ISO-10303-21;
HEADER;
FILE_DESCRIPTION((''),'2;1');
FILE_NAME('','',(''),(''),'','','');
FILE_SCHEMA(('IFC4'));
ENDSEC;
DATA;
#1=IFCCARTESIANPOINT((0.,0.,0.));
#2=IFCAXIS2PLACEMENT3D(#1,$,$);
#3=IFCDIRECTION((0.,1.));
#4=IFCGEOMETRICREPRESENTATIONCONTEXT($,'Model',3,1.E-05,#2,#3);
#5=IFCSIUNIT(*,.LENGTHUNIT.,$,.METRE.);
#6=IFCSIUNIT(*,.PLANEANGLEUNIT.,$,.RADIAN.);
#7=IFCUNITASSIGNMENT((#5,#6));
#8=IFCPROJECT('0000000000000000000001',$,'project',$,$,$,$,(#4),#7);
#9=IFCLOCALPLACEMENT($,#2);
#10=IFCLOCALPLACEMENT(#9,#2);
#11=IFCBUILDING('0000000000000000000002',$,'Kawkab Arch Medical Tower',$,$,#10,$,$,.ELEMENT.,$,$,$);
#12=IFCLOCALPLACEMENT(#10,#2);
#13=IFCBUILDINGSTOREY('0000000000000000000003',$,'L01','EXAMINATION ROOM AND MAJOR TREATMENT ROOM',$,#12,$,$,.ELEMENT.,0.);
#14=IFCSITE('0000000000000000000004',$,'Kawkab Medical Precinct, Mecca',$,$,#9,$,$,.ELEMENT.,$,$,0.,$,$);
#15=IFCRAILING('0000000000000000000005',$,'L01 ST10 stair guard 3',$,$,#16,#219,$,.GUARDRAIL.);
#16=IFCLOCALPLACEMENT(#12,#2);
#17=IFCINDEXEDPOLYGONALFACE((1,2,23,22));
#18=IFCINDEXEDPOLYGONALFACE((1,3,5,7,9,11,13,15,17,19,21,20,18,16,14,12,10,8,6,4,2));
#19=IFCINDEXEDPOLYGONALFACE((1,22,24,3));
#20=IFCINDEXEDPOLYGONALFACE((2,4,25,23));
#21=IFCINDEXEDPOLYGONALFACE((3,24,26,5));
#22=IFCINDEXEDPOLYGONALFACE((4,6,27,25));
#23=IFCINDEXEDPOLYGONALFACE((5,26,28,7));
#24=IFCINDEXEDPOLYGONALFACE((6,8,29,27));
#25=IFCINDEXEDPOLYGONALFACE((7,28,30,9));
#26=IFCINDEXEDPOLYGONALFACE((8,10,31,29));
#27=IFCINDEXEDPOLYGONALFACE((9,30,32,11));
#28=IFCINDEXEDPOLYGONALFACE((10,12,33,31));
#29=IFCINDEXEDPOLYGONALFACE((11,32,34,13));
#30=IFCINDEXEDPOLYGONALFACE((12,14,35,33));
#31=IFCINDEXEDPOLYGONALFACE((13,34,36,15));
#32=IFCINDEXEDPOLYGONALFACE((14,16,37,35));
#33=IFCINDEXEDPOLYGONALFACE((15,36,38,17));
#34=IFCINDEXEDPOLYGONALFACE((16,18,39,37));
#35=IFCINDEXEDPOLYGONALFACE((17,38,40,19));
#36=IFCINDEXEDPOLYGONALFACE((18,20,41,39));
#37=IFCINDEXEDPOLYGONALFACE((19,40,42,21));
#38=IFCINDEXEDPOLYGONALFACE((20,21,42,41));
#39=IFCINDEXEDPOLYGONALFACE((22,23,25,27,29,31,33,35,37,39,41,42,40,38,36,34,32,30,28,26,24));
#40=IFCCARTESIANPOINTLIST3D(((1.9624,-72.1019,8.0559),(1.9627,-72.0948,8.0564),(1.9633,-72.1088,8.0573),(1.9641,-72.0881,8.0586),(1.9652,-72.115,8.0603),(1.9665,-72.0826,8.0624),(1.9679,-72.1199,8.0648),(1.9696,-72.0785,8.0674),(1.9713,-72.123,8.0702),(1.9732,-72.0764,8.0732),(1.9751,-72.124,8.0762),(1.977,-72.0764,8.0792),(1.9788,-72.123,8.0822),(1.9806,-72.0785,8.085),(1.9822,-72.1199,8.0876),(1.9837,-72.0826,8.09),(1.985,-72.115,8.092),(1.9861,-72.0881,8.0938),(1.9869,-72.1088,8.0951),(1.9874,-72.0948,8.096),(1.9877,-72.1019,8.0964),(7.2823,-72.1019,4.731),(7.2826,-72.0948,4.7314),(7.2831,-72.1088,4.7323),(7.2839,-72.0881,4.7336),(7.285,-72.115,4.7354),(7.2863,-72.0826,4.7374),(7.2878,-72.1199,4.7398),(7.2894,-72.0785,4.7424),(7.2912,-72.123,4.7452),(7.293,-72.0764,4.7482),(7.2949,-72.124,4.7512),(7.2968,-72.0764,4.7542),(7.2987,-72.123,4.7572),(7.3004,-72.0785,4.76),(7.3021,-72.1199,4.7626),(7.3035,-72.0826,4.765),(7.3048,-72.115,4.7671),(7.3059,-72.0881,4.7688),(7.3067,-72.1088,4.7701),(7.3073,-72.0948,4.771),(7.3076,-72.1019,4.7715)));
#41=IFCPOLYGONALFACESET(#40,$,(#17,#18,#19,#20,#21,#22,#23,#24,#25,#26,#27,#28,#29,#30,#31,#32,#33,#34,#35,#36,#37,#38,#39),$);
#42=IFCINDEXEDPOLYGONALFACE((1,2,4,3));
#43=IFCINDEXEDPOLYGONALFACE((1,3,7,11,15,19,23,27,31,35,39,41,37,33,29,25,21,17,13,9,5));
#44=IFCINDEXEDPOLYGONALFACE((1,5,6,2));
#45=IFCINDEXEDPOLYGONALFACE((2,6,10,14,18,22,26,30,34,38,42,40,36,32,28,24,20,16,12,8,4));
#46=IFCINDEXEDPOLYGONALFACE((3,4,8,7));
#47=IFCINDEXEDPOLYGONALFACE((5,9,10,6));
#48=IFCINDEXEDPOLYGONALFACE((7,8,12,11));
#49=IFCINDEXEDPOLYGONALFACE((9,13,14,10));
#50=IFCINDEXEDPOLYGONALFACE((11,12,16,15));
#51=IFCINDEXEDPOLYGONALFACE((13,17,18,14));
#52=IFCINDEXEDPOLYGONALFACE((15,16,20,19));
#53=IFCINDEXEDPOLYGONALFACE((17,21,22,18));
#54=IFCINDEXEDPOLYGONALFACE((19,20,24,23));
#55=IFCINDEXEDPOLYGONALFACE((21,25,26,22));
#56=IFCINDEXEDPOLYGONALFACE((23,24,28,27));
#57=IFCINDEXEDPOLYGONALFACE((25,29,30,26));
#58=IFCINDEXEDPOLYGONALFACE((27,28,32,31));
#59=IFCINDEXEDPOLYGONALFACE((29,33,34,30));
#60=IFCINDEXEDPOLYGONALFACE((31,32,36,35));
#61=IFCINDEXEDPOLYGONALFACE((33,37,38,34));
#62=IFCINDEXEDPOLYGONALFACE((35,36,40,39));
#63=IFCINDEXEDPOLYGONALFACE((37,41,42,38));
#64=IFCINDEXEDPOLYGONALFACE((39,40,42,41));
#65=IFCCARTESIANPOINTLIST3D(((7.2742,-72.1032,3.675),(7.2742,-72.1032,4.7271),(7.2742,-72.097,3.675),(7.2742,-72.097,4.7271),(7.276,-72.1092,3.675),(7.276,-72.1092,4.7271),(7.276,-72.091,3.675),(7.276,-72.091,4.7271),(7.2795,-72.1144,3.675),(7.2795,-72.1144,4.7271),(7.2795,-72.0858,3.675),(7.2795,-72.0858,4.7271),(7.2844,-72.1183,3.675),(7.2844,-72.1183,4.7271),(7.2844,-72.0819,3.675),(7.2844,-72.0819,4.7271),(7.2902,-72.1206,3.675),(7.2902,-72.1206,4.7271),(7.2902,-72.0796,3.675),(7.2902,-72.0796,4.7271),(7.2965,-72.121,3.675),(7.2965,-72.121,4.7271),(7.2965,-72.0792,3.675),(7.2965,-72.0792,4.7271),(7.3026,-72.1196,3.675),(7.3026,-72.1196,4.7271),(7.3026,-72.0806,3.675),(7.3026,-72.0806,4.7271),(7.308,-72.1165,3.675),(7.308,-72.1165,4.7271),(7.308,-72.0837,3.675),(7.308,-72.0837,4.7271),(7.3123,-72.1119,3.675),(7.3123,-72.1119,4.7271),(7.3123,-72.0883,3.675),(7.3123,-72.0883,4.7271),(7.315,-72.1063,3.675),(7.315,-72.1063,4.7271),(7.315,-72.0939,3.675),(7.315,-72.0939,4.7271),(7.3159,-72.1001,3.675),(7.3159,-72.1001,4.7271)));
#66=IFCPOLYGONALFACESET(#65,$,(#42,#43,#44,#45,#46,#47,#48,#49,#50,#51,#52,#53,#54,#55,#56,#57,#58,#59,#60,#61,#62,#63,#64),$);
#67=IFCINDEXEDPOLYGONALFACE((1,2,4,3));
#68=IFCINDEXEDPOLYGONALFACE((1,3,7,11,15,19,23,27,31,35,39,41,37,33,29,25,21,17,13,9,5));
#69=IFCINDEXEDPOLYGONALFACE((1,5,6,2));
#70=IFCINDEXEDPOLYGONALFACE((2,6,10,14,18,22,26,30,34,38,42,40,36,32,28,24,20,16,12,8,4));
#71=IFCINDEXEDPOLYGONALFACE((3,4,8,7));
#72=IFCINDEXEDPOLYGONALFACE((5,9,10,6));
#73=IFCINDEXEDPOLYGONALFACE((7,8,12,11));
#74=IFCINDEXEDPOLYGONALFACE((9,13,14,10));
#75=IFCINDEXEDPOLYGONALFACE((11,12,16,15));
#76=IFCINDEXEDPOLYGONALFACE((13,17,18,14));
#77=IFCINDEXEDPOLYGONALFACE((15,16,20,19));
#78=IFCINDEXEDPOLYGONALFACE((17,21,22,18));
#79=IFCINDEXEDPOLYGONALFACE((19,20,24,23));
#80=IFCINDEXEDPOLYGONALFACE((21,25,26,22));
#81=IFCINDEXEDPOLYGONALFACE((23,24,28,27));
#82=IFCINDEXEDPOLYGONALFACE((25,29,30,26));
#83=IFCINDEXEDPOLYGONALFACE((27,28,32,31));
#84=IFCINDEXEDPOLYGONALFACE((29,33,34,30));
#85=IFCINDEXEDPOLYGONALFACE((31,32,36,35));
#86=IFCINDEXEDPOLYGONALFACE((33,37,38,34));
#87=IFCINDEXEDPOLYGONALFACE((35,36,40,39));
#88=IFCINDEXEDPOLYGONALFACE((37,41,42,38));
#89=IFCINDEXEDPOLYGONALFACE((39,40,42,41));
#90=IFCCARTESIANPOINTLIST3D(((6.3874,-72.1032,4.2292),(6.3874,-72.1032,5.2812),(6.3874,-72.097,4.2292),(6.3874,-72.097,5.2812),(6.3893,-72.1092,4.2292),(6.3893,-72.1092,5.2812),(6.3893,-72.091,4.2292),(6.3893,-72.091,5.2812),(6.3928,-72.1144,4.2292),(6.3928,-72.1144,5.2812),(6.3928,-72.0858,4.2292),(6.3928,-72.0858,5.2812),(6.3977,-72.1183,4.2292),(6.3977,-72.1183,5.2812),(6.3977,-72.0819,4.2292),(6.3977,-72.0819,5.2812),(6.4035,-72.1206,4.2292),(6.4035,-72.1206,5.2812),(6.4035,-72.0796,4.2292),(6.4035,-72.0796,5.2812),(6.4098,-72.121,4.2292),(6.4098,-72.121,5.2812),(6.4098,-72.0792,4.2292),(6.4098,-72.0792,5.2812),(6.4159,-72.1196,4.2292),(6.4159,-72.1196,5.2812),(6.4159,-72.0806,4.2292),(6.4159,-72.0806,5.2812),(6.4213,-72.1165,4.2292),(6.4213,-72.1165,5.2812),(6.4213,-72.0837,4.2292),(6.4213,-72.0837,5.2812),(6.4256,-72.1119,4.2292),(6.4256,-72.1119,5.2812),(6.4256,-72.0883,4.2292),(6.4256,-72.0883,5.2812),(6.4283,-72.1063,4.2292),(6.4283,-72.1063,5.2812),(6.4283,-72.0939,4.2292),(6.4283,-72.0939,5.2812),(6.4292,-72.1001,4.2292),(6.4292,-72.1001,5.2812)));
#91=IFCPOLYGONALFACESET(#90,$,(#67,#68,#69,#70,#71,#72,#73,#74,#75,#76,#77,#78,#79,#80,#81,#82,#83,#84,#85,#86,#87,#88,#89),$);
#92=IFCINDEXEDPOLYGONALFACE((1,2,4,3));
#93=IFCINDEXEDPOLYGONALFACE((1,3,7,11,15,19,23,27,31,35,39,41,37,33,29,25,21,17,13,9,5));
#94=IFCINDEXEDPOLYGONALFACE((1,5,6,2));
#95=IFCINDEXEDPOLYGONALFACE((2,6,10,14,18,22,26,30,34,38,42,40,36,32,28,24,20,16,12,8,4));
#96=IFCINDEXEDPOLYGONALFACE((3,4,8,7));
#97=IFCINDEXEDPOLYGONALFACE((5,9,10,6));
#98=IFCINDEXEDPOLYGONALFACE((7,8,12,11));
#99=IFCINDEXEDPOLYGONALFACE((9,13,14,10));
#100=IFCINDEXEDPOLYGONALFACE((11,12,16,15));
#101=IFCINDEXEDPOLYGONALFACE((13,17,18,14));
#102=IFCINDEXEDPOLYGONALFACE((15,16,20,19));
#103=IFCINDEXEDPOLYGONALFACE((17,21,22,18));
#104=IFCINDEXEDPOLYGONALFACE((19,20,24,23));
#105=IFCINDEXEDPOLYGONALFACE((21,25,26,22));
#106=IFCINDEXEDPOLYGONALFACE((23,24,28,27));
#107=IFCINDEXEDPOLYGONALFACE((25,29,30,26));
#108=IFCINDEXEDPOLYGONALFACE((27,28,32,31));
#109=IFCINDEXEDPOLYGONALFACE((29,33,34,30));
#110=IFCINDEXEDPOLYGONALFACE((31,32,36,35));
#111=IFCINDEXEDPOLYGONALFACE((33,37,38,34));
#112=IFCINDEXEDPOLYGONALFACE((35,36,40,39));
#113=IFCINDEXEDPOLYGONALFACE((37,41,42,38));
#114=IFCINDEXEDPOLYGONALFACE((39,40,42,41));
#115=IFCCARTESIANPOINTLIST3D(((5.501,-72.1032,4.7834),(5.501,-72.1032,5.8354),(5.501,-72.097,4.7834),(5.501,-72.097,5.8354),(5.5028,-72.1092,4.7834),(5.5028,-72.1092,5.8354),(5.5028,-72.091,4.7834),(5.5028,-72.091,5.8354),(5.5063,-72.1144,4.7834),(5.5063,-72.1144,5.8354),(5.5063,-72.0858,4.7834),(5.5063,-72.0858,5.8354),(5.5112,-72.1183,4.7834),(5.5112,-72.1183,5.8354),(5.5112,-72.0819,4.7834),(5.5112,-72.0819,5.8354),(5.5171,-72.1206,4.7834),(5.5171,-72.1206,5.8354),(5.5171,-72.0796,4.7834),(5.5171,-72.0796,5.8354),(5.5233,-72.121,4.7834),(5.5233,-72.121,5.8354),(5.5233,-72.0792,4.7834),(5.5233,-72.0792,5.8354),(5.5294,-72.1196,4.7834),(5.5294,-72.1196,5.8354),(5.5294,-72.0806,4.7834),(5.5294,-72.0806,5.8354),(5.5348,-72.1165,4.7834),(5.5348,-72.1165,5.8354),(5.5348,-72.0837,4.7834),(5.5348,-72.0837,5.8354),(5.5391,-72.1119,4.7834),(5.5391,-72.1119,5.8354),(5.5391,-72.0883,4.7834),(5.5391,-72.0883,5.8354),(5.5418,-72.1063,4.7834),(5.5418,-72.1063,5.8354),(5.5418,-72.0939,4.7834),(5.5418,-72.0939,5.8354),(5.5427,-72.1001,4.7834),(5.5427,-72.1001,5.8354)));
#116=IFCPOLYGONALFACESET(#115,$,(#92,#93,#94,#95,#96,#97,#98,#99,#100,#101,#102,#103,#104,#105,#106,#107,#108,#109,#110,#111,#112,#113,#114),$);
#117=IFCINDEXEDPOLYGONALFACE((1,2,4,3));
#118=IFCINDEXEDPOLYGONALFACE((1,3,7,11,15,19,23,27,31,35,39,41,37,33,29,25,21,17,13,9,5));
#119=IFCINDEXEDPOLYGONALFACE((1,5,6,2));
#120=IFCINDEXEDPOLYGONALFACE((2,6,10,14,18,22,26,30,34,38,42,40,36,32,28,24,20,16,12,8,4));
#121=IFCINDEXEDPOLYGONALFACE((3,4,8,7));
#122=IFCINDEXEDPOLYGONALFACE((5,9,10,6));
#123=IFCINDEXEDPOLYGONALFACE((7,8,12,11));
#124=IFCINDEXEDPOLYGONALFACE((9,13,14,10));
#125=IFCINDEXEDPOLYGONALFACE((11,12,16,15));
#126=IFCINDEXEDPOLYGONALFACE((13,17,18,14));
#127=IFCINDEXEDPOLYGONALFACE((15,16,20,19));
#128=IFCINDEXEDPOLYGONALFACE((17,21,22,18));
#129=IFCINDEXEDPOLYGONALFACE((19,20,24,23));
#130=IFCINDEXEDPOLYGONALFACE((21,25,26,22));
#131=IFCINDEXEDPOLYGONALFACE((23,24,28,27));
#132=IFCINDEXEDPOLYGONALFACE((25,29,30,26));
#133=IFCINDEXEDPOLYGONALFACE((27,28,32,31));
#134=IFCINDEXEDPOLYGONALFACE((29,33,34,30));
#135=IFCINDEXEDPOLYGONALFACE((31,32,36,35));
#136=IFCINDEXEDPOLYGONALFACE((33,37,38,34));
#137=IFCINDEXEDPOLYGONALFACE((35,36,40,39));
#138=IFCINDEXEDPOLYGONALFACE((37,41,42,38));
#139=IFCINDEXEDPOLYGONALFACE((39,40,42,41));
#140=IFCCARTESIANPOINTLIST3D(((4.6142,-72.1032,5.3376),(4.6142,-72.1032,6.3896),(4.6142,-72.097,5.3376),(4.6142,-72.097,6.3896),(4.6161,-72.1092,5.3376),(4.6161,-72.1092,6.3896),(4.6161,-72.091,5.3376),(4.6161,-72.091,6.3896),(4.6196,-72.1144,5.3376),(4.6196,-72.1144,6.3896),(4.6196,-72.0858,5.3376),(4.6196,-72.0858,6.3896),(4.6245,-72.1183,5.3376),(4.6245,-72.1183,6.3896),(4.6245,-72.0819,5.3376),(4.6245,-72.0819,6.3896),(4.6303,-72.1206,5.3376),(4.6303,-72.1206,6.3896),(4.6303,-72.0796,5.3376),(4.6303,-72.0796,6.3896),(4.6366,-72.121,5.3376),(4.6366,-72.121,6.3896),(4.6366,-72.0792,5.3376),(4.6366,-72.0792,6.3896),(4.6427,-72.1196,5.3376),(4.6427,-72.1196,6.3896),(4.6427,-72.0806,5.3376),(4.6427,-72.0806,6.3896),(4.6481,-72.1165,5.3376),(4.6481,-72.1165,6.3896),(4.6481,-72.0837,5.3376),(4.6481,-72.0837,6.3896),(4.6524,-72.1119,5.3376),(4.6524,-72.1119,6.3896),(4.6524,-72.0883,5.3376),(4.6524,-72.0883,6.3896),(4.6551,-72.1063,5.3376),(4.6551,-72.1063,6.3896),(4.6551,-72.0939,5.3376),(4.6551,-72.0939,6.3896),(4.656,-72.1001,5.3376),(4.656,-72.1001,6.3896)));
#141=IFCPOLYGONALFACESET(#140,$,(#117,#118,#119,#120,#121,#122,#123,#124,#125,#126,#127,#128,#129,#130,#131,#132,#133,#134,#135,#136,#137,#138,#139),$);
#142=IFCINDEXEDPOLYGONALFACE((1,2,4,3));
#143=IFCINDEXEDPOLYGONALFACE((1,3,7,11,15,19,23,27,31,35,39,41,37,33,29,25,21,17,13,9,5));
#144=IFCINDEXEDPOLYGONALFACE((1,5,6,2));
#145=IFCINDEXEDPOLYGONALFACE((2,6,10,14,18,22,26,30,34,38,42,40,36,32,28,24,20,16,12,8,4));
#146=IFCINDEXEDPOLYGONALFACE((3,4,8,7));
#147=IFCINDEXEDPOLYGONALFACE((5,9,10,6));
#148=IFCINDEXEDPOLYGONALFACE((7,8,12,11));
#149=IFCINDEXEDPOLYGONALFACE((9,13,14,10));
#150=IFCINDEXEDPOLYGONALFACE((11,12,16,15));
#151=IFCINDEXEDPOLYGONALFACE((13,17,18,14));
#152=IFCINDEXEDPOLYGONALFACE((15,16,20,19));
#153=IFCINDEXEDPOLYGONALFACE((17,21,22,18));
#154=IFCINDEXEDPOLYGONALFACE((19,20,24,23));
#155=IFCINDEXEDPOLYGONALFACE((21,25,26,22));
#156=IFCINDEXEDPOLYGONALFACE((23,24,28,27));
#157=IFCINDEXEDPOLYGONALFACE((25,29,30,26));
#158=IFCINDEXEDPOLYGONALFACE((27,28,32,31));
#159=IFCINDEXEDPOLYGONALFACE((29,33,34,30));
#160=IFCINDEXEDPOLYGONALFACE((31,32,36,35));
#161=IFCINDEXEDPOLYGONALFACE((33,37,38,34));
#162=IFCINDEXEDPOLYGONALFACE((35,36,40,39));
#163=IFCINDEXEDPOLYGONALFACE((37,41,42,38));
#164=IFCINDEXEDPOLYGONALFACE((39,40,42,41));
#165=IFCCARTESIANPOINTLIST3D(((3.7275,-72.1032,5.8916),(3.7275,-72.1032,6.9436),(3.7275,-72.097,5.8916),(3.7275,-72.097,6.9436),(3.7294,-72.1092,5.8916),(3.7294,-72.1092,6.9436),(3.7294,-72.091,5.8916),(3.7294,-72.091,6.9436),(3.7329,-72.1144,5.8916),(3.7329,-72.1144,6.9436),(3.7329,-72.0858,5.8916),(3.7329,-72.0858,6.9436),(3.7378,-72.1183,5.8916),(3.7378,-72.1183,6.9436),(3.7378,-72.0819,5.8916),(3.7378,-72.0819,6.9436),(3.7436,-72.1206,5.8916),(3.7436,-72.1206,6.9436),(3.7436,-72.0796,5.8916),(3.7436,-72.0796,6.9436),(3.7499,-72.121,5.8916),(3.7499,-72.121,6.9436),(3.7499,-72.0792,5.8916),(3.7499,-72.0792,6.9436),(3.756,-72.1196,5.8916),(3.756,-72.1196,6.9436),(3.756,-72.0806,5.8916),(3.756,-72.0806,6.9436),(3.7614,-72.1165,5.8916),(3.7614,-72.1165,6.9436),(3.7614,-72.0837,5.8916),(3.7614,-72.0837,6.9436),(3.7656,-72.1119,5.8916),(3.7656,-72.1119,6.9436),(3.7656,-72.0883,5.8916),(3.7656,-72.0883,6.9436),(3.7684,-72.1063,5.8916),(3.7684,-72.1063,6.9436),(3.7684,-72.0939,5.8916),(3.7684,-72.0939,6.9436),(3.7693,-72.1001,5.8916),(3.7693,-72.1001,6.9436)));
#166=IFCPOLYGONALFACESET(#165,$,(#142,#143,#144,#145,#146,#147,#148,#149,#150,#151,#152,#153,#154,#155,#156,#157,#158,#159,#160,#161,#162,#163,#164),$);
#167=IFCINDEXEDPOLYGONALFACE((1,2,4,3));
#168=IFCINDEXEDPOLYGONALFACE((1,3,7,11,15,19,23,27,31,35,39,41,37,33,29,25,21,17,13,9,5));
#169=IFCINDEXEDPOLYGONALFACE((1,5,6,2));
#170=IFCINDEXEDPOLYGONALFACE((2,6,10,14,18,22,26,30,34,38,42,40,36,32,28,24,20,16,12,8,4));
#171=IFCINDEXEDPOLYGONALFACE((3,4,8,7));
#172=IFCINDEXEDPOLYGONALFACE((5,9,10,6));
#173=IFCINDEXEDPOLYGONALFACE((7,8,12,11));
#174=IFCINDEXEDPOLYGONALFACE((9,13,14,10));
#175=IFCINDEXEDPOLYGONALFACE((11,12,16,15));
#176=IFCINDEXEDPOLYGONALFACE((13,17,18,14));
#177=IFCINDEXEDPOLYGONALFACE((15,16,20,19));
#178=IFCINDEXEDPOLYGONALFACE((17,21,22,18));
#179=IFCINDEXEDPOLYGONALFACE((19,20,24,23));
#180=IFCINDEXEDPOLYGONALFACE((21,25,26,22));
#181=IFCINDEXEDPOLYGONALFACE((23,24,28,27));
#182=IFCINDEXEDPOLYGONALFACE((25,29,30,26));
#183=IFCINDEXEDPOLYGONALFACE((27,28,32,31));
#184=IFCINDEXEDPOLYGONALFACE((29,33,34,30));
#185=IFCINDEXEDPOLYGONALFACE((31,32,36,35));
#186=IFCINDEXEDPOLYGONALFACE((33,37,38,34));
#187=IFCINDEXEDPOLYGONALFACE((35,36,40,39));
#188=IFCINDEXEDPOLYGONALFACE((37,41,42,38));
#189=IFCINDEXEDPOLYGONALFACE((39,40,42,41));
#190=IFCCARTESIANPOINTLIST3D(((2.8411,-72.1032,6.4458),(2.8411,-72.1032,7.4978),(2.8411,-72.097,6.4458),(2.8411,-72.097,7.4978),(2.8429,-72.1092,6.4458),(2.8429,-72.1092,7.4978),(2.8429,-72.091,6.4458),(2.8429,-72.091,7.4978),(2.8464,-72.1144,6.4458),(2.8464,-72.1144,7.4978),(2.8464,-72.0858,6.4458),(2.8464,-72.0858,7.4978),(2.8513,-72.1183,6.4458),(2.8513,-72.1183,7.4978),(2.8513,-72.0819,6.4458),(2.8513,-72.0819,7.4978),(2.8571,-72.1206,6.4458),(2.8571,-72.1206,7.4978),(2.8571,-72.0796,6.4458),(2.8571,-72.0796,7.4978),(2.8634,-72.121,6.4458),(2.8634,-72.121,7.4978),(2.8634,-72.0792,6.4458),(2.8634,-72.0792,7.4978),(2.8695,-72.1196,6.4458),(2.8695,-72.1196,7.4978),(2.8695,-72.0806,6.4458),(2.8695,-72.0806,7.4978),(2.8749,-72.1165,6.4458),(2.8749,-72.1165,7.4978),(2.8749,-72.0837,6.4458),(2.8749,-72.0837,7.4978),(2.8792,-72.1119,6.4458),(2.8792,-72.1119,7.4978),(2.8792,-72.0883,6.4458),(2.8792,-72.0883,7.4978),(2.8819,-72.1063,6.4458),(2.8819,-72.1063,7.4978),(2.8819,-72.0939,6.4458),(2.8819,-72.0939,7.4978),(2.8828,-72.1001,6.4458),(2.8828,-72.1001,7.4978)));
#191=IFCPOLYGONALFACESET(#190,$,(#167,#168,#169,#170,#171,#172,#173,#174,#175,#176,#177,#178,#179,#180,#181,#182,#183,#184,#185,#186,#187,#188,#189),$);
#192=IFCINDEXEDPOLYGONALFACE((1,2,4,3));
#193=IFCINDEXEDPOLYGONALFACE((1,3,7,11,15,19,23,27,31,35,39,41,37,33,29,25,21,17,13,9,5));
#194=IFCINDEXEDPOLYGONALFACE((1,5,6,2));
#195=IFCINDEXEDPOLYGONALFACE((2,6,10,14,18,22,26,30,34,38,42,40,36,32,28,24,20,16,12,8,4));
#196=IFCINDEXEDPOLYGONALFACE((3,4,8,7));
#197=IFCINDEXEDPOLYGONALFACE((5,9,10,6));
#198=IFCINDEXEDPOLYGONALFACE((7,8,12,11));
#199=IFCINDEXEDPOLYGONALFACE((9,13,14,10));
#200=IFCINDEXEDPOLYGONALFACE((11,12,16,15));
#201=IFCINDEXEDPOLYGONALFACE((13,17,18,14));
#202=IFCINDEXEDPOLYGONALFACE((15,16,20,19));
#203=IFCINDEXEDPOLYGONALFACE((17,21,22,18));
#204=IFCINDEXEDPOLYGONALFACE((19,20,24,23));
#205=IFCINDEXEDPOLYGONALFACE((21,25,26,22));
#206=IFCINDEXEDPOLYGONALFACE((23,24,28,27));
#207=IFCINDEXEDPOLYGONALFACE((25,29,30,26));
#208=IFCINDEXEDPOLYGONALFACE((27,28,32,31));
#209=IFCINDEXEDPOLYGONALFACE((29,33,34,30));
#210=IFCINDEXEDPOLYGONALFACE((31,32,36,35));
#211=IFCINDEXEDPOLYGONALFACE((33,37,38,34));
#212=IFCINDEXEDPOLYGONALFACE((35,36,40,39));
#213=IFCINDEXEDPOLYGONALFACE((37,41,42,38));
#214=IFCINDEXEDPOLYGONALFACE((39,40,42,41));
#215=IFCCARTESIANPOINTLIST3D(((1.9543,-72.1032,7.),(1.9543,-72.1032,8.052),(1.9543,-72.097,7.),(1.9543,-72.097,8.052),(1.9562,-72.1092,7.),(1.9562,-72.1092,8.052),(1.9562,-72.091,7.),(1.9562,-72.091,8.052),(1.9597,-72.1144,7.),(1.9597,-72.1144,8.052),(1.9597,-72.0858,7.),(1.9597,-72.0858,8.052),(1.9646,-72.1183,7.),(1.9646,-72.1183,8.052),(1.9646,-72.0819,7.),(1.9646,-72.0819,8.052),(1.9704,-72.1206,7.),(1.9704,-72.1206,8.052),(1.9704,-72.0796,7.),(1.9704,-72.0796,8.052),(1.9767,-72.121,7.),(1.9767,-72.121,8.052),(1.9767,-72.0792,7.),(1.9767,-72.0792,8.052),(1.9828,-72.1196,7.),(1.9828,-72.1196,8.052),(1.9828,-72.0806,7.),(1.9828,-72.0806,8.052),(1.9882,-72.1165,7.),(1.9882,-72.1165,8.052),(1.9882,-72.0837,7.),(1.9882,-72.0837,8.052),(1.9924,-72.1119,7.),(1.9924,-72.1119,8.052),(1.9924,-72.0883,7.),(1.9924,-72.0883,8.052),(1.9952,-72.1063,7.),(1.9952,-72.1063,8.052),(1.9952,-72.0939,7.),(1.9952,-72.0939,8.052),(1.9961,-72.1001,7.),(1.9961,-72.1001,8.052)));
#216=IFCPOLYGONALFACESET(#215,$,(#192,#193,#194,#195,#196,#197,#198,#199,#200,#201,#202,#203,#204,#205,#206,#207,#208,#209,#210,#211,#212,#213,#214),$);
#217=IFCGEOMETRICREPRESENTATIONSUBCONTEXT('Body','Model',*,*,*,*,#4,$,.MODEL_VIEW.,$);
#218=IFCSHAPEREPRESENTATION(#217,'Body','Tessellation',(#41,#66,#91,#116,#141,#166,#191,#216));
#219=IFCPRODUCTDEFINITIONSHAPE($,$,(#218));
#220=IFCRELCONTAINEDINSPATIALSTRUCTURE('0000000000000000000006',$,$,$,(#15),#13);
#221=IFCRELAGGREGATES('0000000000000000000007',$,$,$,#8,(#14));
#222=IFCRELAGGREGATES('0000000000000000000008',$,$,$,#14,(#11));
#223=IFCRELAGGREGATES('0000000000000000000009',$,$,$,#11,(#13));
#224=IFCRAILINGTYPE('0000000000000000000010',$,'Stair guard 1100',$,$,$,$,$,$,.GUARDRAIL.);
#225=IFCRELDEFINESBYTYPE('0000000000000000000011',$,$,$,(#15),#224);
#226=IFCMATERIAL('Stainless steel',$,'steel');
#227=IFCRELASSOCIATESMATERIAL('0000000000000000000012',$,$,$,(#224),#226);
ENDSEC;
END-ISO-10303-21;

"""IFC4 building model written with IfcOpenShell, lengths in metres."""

from ifc_helpers import new_model, si_unit, direction, frame, origin, origin_2d, place, context, subcontext, project, spatial, circle, extrude, material, type_object, element, save


model = new_model("IFC4")

# Units and contexts
model_context = context("Model", 3, precision=1e-05, world=origin(), true_north=direction((0.0, 1.0)))
body_context = subcontext(model_context, "Body", "Model", "MODEL_VIEW")
ifc_project = project(units=[si_unit("LENGTHUNIT", "METRE"), si_unit("PLANEANGLEUNIT", "RADIAN")], contexts=[model_context])

# Site, building, storey
site_placement = place(None, origin())
site = spatial("IfcSite", under=ifc_project, at=site_placement, Name="Kawkab Medical Precinct, Mecca", CompositionType="ELEMENT", RefElevation=0.0)
building_placement = place(site_placement, origin())
building = spatial("IfcBuilding", under=site, at=building_placement, Name="Kawkab Arch Medical Tower", CompositionType="ELEMENT")
storey_placement = place(building_placement, origin())
storey = spatial("IfcBuildingStorey", under=building, at=storey_placement, Name="L01", Description="EXAMINATION ROOM AND MAJOR TREATMENT ROOM", CompositionType="ELEMENT", Elevation=0.0)

# Railing
ifc_material_1 = material(Name="Stainless steel", Category="steel")
railing_type = type_object("IfcRailingType", Name="Stair guard 1100", PredefinedType="GUARDRAIL", material=ifc_material_1)
railing_placement = place(storey_placement, frame((7.2949, -72.1001, 3.675)))
element("IfcRailing", 1, at=railing_placement, inside=storey, type_object=railing_type, Name="L01 ST10 stair guard 3", PredefinedType="GUARDRAIL", context=body_context, shape_type="SweptSolid", body=[
    extrude(circle(Radius=0.0239, at=origin_2d()), frame((0.0, 0.0, 1.0762), z_axis=(-0.847994, 0.0, 0.530006), x_axis=(0.0, -1.0, 0.0)), (0.0, 0.0, 1.0), 6.2734),
    extrude(circle(Radius=0.021, at=origin_2d()), origin(), (0.0, 0.0, 1.0), 1.052),
    extrude(circle(Radius=0.021, at=origin_2d()), frame((-0.8867, 0.0, 0.5542)), (0.0, 0.0, 1.0), 1.052),
    extrude(circle(Radius=0.021, at=origin_2d()), frame((-1.7732, 0.0, 1.1084)), (0.0, 0.0, 1.0), 1.052),
    extrude(circle(Radius=0.021, at=origin_2d()), frame((-2.6599, 0.0, 1.6626)), (0.0, 0.0, 1.0), 1.052),
    extrude(circle(Radius=0.021, at=origin_2d()), frame((-3.5466, 0.0, 2.2166)), (0.0, 0.0, 1.0), 1.052),
    extrude(circle(Radius=0.021, at=origin_2d()), frame((-4.4331, 0.0, 2.7708)), (0.0, 0.0, 1.0), 1.052),
    extrude(circle(Radius=0.021, at=origin_2d()), frame((-5.3198, 0.0, 3.325)), (0.0, 0.0, 1.0), 1.052),
])

save(model, "model.ifc")
